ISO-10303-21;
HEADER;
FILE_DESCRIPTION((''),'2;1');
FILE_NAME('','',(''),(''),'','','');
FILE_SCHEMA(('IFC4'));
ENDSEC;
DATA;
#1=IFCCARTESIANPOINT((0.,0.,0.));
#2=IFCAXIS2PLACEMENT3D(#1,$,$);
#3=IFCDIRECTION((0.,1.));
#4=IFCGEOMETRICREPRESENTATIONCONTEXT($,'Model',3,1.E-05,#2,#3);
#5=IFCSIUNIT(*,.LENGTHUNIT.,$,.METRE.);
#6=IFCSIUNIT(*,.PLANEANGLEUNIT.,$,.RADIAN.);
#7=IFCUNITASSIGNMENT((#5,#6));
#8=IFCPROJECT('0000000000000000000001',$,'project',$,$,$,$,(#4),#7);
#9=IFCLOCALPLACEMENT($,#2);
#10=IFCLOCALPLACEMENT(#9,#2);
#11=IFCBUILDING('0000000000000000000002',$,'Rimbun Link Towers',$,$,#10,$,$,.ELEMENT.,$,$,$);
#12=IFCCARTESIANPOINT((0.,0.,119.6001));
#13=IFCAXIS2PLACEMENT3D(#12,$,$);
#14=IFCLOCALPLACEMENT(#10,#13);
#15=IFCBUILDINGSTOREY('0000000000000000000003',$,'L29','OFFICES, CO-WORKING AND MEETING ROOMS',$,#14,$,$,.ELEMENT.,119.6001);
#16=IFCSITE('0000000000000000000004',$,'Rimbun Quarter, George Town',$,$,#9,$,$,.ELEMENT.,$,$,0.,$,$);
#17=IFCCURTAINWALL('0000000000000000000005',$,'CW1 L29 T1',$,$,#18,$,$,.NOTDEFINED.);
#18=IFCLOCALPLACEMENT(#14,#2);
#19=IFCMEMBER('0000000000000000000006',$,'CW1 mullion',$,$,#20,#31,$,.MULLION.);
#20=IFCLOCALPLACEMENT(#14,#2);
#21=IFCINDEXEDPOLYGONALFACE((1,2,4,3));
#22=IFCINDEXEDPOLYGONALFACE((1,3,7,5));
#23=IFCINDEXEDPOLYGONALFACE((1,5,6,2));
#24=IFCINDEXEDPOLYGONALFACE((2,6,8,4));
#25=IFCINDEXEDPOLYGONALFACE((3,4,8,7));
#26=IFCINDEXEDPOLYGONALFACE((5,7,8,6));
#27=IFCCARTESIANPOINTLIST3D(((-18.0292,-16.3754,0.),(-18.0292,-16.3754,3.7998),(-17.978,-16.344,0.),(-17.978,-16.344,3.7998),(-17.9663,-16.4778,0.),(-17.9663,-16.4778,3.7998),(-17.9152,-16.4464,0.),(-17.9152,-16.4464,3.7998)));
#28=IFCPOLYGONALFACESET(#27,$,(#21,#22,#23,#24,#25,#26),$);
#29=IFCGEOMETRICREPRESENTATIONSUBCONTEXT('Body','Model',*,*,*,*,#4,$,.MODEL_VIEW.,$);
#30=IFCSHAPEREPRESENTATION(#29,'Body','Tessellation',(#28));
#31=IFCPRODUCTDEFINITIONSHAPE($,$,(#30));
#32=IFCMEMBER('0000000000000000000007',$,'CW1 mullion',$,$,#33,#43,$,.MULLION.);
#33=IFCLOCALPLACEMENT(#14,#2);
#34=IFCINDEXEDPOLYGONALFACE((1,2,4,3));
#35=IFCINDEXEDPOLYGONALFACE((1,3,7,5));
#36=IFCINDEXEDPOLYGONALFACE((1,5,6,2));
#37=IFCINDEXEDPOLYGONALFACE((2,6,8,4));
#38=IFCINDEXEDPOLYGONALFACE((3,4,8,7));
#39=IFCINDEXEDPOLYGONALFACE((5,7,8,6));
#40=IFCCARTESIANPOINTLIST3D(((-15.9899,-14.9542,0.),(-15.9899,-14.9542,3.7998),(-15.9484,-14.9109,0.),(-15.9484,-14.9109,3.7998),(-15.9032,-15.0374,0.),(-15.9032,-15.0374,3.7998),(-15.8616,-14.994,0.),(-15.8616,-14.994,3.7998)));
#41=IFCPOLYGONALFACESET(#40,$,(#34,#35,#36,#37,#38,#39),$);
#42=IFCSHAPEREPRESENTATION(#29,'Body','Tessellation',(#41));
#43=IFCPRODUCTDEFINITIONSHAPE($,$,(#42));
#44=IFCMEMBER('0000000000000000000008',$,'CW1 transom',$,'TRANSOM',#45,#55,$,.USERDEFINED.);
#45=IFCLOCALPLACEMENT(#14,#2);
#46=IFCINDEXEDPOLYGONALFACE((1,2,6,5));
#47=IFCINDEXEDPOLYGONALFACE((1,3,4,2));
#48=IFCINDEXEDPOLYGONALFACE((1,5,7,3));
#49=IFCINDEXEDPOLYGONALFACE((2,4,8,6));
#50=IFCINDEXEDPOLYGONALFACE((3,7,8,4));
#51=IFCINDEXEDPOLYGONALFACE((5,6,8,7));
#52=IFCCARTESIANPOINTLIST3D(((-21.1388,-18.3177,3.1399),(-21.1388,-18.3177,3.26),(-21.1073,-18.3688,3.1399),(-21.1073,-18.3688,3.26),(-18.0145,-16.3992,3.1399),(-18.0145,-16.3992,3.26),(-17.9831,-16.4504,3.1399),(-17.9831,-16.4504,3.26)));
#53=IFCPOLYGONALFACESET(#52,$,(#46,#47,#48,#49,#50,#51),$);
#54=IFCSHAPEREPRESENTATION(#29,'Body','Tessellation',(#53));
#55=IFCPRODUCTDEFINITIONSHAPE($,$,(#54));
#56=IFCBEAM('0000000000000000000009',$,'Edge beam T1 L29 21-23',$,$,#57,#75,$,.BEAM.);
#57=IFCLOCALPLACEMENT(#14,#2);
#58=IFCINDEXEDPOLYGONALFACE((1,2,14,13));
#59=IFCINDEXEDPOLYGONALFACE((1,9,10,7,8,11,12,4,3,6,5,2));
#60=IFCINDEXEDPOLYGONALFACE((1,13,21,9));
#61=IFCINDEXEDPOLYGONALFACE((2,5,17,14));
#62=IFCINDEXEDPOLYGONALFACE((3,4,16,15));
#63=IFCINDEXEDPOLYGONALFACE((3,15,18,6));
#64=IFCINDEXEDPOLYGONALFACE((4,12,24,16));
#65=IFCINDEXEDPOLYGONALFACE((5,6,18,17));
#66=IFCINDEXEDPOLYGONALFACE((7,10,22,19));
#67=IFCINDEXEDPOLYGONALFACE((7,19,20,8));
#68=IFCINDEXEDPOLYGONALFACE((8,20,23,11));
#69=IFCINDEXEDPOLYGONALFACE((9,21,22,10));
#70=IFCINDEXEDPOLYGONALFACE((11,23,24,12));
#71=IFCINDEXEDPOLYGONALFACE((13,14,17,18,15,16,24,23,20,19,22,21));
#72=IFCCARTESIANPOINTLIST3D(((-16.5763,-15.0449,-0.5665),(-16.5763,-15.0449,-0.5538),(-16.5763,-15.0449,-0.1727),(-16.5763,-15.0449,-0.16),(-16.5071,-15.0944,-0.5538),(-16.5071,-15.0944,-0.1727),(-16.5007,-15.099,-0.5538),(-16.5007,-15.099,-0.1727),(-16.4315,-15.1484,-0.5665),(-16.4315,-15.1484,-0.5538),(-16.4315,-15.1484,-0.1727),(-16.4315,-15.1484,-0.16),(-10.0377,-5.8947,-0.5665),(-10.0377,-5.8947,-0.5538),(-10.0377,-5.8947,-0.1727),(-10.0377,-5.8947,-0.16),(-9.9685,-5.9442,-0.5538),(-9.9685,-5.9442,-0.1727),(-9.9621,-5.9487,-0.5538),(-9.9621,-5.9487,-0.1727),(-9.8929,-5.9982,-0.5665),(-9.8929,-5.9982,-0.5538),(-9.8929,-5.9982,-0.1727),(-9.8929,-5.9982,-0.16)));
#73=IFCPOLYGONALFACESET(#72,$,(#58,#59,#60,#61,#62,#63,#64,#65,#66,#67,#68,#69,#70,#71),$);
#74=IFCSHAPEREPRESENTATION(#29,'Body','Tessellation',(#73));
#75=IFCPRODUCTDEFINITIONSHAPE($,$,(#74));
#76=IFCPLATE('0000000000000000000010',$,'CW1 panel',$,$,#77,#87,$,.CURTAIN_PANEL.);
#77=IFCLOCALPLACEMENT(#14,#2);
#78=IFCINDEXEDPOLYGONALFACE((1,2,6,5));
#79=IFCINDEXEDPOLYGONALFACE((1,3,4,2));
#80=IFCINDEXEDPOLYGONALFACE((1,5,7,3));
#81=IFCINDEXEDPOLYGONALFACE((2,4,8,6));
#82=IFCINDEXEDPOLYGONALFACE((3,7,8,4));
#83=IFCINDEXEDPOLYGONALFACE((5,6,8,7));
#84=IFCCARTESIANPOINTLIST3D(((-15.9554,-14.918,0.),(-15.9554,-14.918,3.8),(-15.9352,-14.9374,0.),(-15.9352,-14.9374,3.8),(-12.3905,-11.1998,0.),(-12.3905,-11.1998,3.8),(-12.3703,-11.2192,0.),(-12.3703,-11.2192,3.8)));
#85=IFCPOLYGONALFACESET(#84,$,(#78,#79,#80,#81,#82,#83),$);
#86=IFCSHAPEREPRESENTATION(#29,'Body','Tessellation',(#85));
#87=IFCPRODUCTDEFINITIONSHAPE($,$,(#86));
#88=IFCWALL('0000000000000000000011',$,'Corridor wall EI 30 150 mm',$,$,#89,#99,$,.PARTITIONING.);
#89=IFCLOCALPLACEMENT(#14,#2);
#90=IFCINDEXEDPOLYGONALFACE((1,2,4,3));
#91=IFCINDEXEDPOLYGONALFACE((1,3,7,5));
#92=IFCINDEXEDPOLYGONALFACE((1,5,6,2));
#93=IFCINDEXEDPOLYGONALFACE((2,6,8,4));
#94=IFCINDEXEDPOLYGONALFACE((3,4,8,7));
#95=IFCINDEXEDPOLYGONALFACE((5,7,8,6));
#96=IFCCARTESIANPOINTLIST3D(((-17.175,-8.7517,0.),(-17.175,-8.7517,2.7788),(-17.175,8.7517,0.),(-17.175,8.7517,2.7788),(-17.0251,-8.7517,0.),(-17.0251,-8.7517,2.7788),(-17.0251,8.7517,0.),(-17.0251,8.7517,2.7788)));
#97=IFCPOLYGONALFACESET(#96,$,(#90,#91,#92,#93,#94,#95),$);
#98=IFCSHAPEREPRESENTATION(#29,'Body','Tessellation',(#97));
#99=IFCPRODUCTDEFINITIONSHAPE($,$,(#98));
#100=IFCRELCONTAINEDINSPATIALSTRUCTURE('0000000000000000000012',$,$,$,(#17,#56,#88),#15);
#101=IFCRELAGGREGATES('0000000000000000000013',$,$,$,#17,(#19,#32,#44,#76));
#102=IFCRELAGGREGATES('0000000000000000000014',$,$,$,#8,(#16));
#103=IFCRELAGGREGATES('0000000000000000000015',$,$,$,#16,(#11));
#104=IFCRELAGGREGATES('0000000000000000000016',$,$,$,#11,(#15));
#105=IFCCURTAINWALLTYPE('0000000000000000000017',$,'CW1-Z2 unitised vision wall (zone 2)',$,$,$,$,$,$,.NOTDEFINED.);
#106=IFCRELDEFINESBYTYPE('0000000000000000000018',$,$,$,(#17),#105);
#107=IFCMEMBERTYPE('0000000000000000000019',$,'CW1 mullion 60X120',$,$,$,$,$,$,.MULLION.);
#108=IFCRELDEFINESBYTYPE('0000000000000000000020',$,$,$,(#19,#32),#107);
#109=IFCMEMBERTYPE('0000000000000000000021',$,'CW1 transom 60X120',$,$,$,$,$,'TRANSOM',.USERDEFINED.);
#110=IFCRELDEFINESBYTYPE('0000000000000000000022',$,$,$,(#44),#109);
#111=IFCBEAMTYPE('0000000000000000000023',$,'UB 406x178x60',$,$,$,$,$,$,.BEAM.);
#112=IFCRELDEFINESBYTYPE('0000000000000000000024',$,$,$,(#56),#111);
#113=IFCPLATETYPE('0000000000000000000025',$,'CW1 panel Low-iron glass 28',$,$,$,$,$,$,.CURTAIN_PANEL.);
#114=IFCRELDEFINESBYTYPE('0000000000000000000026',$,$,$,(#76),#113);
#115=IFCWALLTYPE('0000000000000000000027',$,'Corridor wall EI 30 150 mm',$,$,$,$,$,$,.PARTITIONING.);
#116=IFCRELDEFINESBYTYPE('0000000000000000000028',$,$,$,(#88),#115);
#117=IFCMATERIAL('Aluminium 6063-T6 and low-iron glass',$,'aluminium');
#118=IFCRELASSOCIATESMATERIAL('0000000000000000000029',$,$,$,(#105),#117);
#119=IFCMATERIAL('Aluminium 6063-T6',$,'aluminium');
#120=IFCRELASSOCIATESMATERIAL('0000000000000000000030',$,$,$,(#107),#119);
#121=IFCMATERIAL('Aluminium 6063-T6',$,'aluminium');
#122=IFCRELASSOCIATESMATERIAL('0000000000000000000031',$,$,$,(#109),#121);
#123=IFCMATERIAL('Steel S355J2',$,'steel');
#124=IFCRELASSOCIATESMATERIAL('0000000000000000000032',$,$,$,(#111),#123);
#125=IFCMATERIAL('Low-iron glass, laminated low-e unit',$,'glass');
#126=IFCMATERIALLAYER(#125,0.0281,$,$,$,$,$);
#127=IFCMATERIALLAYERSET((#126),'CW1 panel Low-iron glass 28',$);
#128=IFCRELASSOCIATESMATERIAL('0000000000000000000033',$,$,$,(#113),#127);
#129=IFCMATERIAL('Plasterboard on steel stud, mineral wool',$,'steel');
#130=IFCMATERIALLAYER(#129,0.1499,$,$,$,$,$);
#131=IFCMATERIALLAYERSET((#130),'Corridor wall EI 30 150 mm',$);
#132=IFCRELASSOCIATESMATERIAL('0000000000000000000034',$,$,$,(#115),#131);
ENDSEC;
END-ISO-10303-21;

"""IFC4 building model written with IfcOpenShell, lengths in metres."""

from ifc_helpers import new_model, si_unit, direction, frame, frame_2d, origin, origin_2d, place, context, subcontext, project, spatial, rectangle, i_section, extrude, material, layer, layer_set, material_profile, profile_set, type_object, element, aggregate, save


model = new_model("IFC4")

# Units and contexts
model_context = context("Model", 3, precision=1e-05, world=origin(), true_north=direction((0.0, 1.0)))
body_context = subcontext(model_context, "Body", "Model", "MODEL_VIEW")
ifc_project = project(units=[si_unit("LENGTHUNIT", "METRE"), si_unit("PLANEANGLEUNIT", "RADIAN")], contexts=[model_context])

# Site, building, storey
site_placement = place(None, origin())
site = spatial("IfcSite", under=ifc_project, at=site_placement, Name="Rimbun Quarter, George Town", CompositionType="ELEMENT", RefElevation=0.0)
building_placement = place(site_placement, origin())
building = spatial("IfcBuilding", under=site, at=building_placement, Name="Rimbun Link Towers", CompositionType="ELEMENT")
storey_placement = place(building_placement, frame((0.0, 0.0, 119.6001)))
storey = spatial("IfcBuildingStorey", under=building, at=storey_placement, Name="L29", Description="OFFICES, CO-WORKING AND MEETING ROOMS", CompositionType="ELEMENT", Elevation=119.6001)

# Curtain wall, members
ifc_material_1 = material(Name="Aluminium 6063-T6 and low-iron glass", Category="aluminium")
curtain_wall_type = type_object("IfcCurtainWallType", Name="CW1-Z2 unitised vision wall (zone 2)", PredefinedType="NOTDEFINED", material=ifc_material_1)
curtain_wall_placement = place(storey_placement, origin())
curtain_wall = element("IfcCurtainWall", 1, at=curtain_wall_placement, inside=storey, type_object=curtain_wall_type, Name="CW1 L29 T1", PredefinedType="NOTDEFINED")
ifc_material_2 = material(Name="Aluminium 6063-T6", Category="aluminium")
ifc_material_profile_1 = material_profile(ifc_material_2, rectangle(XDim=0.1201, YDim=0.0601, at=origin_2d()), Name="MULLION 60X120")
ifc_profile_set_1 = profile_set([ifc_material_profile_1], Name="Aluminium 6063-T6")
member_type_1 = type_object("IfcMemberType", Name="CW1 mullion 60X120", PredefinedType="MULLION", material=ifc_profile_set_1)
member_1_placement = place(storey_placement, frame((-17.9722, -16.4109, 0.0), z_axis=(0.0, 0.0, 1.0), x_axis=(0.523243, -0.852183, 0.0)))
member_1 = element("IfcMember", 2, at=member_1_placement, type_object=member_type_1, Name="CW1 mullion", PredefinedType="MULLION", context=body_context, shape_type="SweptSolid", body=[
    extrude(rectangle(XDim=0.1201, YDim=0.0601, at=origin_2d()), origin(), (0.0, 0.0, 1.0), 3.7998),
])
member_2_placement = place(storey_placement, frame((-15.9258, -14.9741, 0.0), z_axis=(0.0, 0.0, 1.0), x_axis=(0.721835, -0.692065, 0.0)))
member_2 = element("IfcMember", 3, at=member_2_placement, type_object=member_type_1, Name="CW1 mullion", PredefinedType="MULLION", context=body_context, shape_type="SweptSolid", body=[
    extrude(rectangle(XDim=0.1201, YDim=0.0601, at=origin_2d()), origin(), (0.0, 0.0, 1.0), 3.7998),
])
ifc_material_3 = material(Name="Aluminium 6063-T6", Category="aluminium")
ifc_material_profile_2 = material_profile(ifc_material_3, rectangle(XDim=0.0601, YDim=0.1201, at=origin_2d()), Name="TRANSOM 60X120")
ifc_profile_set_2 = profile_set([ifc_material_profile_2], Name="Aluminium 6063-T6")
member_type_2 = type_object("IfcMemberType", Name="CW1 transom 60X120", ElementType="TRANSOM", PredefinedType="USERDEFINED", material=ifc_profile_set_2)
member_3_placement = place(storey_placement, frame((-17.9988, -16.4248, 3.2), z_axis=(-0.852165, -0.523272, 0.0), x_axis=(0.523272, -0.852165, 0.0)))
member_3 = element("IfcMember", 4, at=member_3_placement, type_object=member_type_2, Name="CW1 transom", ObjectType="TRANSOM", PredefinedType="USERDEFINED", context=body_context, shape_type="SweptSolid", body=[
    extrude(rectangle(XDim=0.0601, YDim=0.1201, at=origin_2d()), origin(), (0.0, 0.0, 1.0), 3.6663),
])

# Beam
ifc_material_4 = material(Name="Steel S355J2", Category="steel")
ifc_material_profile_3 = material_profile(ifc_material_4, i_section(OverallWidth=0.178, OverallDepth=0.4065, WebThickness=0.0078, FlangeThickness=0.0127, at=origin_2d()), Name="UB 406x178x60")
ifc_profile_set_3 = profile_set([ifc_material_profile_3], Name="Steel S355J2")
beam_type = type_object("IfcBeamType", Name="UB 406x178x60", PredefinedType="BEAM", material=ifc_profile_set_3)
beam_placement = place(storey_placement, frame((-16.5039, -15.0967, -0.3633), z_axis=(0.5814, 0.813618, 0.0), x_axis=(-0.813618, 0.5814, 0.0)))
element("IfcBeam", 5, at=beam_placement, inside=storey, type_object=beam_type, Name="Edge beam T1 L29 21-23", PredefinedType="BEAM", context=body_context, shape_type="SweptSolid", body=[
    extrude(i_section(OverallWidth=0.178, OverallDepth=0.4065, WebThickness=0.0078, FlangeThickness=0.0127, at=origin_2d()), origin(), (0.0, 0.0, 1.0), 11.2463),
])

# Plate
ifc_material_5 = material(Name="Low-iron glass, laminated low-e unit", Category="glass")
ifc_layer_1 = layer(ifc_material_5, 0.0281)
ifc_layer_set_1 = layer_set([ifc_layer_1], Name="CW1 panel Low-iron glass 28")
plate_type = type_object("IfcPlateType", Name="CW1 panel Low-iron glass 28", PredefinedType="CURTAIN_PANEL", material=ifc_layer_set_1)
plate_placement = place(storey_placement, frame((-14.1628, -13.0686, 0.0), z_axis=(0.0, 0.0, 1.0), x_axis=(-0.692065, -0.721835, 0.0)))
plate = element("IfcPlate", 6, at=plate_placement, type_object=plate_type, Name="CW1 panel", PredefinedType="CURTAIN_PANEL", context=body_context, shape_type="SweptSolid", body=[
    extrude(rectangle(XDim=5.1511, YDim=0.0281, at=origin_2d()), origin(), (0.0, 0.0, 1.0), 3.8),
])
aggregate(curtain_wall, [member_1, member_2, member_3, plate])

# Wall
ifc_material_6 = material(Name="Plasterboard on steel stud, mineral wool", Category="steel")
ifc_layer_2 = layer(ifc_material_6, 0.1499)
ifc_layer_set_2 = layer_set([ifc_layer_2], Name="Corridor wall EI 30 150 mm")
wall_type_1 = type_object("IfcWallType", Name="Corridor wall EI 30 150 mm", PredefinedType="PARTITIONING", material=ifc_layer_set_2)
wall_1_placement = place(storey_placement, frame((-17.1001, -8.7517, 0.0), z_axis=(0.0, 0.0, 1.0), x_axis=(0.0, 1.0, 0.0)))
element("IfcWall", 7, at=wall_1_placement, inside=storey, type_object=wall_type_1, Name="Corridor wall EI 30 150 mm", PredefinedType="PARTITIONING", context=body_context, shape_type="SweptSolid", body=[
    extrude(rectangle(XDim=17.5034, YDim=0.1499, at=frame_2d((8.7517, 0.0))), origin(), (0.0, 0.0, 1.0), 2.7788),
])

save(model, "model.ifc")
